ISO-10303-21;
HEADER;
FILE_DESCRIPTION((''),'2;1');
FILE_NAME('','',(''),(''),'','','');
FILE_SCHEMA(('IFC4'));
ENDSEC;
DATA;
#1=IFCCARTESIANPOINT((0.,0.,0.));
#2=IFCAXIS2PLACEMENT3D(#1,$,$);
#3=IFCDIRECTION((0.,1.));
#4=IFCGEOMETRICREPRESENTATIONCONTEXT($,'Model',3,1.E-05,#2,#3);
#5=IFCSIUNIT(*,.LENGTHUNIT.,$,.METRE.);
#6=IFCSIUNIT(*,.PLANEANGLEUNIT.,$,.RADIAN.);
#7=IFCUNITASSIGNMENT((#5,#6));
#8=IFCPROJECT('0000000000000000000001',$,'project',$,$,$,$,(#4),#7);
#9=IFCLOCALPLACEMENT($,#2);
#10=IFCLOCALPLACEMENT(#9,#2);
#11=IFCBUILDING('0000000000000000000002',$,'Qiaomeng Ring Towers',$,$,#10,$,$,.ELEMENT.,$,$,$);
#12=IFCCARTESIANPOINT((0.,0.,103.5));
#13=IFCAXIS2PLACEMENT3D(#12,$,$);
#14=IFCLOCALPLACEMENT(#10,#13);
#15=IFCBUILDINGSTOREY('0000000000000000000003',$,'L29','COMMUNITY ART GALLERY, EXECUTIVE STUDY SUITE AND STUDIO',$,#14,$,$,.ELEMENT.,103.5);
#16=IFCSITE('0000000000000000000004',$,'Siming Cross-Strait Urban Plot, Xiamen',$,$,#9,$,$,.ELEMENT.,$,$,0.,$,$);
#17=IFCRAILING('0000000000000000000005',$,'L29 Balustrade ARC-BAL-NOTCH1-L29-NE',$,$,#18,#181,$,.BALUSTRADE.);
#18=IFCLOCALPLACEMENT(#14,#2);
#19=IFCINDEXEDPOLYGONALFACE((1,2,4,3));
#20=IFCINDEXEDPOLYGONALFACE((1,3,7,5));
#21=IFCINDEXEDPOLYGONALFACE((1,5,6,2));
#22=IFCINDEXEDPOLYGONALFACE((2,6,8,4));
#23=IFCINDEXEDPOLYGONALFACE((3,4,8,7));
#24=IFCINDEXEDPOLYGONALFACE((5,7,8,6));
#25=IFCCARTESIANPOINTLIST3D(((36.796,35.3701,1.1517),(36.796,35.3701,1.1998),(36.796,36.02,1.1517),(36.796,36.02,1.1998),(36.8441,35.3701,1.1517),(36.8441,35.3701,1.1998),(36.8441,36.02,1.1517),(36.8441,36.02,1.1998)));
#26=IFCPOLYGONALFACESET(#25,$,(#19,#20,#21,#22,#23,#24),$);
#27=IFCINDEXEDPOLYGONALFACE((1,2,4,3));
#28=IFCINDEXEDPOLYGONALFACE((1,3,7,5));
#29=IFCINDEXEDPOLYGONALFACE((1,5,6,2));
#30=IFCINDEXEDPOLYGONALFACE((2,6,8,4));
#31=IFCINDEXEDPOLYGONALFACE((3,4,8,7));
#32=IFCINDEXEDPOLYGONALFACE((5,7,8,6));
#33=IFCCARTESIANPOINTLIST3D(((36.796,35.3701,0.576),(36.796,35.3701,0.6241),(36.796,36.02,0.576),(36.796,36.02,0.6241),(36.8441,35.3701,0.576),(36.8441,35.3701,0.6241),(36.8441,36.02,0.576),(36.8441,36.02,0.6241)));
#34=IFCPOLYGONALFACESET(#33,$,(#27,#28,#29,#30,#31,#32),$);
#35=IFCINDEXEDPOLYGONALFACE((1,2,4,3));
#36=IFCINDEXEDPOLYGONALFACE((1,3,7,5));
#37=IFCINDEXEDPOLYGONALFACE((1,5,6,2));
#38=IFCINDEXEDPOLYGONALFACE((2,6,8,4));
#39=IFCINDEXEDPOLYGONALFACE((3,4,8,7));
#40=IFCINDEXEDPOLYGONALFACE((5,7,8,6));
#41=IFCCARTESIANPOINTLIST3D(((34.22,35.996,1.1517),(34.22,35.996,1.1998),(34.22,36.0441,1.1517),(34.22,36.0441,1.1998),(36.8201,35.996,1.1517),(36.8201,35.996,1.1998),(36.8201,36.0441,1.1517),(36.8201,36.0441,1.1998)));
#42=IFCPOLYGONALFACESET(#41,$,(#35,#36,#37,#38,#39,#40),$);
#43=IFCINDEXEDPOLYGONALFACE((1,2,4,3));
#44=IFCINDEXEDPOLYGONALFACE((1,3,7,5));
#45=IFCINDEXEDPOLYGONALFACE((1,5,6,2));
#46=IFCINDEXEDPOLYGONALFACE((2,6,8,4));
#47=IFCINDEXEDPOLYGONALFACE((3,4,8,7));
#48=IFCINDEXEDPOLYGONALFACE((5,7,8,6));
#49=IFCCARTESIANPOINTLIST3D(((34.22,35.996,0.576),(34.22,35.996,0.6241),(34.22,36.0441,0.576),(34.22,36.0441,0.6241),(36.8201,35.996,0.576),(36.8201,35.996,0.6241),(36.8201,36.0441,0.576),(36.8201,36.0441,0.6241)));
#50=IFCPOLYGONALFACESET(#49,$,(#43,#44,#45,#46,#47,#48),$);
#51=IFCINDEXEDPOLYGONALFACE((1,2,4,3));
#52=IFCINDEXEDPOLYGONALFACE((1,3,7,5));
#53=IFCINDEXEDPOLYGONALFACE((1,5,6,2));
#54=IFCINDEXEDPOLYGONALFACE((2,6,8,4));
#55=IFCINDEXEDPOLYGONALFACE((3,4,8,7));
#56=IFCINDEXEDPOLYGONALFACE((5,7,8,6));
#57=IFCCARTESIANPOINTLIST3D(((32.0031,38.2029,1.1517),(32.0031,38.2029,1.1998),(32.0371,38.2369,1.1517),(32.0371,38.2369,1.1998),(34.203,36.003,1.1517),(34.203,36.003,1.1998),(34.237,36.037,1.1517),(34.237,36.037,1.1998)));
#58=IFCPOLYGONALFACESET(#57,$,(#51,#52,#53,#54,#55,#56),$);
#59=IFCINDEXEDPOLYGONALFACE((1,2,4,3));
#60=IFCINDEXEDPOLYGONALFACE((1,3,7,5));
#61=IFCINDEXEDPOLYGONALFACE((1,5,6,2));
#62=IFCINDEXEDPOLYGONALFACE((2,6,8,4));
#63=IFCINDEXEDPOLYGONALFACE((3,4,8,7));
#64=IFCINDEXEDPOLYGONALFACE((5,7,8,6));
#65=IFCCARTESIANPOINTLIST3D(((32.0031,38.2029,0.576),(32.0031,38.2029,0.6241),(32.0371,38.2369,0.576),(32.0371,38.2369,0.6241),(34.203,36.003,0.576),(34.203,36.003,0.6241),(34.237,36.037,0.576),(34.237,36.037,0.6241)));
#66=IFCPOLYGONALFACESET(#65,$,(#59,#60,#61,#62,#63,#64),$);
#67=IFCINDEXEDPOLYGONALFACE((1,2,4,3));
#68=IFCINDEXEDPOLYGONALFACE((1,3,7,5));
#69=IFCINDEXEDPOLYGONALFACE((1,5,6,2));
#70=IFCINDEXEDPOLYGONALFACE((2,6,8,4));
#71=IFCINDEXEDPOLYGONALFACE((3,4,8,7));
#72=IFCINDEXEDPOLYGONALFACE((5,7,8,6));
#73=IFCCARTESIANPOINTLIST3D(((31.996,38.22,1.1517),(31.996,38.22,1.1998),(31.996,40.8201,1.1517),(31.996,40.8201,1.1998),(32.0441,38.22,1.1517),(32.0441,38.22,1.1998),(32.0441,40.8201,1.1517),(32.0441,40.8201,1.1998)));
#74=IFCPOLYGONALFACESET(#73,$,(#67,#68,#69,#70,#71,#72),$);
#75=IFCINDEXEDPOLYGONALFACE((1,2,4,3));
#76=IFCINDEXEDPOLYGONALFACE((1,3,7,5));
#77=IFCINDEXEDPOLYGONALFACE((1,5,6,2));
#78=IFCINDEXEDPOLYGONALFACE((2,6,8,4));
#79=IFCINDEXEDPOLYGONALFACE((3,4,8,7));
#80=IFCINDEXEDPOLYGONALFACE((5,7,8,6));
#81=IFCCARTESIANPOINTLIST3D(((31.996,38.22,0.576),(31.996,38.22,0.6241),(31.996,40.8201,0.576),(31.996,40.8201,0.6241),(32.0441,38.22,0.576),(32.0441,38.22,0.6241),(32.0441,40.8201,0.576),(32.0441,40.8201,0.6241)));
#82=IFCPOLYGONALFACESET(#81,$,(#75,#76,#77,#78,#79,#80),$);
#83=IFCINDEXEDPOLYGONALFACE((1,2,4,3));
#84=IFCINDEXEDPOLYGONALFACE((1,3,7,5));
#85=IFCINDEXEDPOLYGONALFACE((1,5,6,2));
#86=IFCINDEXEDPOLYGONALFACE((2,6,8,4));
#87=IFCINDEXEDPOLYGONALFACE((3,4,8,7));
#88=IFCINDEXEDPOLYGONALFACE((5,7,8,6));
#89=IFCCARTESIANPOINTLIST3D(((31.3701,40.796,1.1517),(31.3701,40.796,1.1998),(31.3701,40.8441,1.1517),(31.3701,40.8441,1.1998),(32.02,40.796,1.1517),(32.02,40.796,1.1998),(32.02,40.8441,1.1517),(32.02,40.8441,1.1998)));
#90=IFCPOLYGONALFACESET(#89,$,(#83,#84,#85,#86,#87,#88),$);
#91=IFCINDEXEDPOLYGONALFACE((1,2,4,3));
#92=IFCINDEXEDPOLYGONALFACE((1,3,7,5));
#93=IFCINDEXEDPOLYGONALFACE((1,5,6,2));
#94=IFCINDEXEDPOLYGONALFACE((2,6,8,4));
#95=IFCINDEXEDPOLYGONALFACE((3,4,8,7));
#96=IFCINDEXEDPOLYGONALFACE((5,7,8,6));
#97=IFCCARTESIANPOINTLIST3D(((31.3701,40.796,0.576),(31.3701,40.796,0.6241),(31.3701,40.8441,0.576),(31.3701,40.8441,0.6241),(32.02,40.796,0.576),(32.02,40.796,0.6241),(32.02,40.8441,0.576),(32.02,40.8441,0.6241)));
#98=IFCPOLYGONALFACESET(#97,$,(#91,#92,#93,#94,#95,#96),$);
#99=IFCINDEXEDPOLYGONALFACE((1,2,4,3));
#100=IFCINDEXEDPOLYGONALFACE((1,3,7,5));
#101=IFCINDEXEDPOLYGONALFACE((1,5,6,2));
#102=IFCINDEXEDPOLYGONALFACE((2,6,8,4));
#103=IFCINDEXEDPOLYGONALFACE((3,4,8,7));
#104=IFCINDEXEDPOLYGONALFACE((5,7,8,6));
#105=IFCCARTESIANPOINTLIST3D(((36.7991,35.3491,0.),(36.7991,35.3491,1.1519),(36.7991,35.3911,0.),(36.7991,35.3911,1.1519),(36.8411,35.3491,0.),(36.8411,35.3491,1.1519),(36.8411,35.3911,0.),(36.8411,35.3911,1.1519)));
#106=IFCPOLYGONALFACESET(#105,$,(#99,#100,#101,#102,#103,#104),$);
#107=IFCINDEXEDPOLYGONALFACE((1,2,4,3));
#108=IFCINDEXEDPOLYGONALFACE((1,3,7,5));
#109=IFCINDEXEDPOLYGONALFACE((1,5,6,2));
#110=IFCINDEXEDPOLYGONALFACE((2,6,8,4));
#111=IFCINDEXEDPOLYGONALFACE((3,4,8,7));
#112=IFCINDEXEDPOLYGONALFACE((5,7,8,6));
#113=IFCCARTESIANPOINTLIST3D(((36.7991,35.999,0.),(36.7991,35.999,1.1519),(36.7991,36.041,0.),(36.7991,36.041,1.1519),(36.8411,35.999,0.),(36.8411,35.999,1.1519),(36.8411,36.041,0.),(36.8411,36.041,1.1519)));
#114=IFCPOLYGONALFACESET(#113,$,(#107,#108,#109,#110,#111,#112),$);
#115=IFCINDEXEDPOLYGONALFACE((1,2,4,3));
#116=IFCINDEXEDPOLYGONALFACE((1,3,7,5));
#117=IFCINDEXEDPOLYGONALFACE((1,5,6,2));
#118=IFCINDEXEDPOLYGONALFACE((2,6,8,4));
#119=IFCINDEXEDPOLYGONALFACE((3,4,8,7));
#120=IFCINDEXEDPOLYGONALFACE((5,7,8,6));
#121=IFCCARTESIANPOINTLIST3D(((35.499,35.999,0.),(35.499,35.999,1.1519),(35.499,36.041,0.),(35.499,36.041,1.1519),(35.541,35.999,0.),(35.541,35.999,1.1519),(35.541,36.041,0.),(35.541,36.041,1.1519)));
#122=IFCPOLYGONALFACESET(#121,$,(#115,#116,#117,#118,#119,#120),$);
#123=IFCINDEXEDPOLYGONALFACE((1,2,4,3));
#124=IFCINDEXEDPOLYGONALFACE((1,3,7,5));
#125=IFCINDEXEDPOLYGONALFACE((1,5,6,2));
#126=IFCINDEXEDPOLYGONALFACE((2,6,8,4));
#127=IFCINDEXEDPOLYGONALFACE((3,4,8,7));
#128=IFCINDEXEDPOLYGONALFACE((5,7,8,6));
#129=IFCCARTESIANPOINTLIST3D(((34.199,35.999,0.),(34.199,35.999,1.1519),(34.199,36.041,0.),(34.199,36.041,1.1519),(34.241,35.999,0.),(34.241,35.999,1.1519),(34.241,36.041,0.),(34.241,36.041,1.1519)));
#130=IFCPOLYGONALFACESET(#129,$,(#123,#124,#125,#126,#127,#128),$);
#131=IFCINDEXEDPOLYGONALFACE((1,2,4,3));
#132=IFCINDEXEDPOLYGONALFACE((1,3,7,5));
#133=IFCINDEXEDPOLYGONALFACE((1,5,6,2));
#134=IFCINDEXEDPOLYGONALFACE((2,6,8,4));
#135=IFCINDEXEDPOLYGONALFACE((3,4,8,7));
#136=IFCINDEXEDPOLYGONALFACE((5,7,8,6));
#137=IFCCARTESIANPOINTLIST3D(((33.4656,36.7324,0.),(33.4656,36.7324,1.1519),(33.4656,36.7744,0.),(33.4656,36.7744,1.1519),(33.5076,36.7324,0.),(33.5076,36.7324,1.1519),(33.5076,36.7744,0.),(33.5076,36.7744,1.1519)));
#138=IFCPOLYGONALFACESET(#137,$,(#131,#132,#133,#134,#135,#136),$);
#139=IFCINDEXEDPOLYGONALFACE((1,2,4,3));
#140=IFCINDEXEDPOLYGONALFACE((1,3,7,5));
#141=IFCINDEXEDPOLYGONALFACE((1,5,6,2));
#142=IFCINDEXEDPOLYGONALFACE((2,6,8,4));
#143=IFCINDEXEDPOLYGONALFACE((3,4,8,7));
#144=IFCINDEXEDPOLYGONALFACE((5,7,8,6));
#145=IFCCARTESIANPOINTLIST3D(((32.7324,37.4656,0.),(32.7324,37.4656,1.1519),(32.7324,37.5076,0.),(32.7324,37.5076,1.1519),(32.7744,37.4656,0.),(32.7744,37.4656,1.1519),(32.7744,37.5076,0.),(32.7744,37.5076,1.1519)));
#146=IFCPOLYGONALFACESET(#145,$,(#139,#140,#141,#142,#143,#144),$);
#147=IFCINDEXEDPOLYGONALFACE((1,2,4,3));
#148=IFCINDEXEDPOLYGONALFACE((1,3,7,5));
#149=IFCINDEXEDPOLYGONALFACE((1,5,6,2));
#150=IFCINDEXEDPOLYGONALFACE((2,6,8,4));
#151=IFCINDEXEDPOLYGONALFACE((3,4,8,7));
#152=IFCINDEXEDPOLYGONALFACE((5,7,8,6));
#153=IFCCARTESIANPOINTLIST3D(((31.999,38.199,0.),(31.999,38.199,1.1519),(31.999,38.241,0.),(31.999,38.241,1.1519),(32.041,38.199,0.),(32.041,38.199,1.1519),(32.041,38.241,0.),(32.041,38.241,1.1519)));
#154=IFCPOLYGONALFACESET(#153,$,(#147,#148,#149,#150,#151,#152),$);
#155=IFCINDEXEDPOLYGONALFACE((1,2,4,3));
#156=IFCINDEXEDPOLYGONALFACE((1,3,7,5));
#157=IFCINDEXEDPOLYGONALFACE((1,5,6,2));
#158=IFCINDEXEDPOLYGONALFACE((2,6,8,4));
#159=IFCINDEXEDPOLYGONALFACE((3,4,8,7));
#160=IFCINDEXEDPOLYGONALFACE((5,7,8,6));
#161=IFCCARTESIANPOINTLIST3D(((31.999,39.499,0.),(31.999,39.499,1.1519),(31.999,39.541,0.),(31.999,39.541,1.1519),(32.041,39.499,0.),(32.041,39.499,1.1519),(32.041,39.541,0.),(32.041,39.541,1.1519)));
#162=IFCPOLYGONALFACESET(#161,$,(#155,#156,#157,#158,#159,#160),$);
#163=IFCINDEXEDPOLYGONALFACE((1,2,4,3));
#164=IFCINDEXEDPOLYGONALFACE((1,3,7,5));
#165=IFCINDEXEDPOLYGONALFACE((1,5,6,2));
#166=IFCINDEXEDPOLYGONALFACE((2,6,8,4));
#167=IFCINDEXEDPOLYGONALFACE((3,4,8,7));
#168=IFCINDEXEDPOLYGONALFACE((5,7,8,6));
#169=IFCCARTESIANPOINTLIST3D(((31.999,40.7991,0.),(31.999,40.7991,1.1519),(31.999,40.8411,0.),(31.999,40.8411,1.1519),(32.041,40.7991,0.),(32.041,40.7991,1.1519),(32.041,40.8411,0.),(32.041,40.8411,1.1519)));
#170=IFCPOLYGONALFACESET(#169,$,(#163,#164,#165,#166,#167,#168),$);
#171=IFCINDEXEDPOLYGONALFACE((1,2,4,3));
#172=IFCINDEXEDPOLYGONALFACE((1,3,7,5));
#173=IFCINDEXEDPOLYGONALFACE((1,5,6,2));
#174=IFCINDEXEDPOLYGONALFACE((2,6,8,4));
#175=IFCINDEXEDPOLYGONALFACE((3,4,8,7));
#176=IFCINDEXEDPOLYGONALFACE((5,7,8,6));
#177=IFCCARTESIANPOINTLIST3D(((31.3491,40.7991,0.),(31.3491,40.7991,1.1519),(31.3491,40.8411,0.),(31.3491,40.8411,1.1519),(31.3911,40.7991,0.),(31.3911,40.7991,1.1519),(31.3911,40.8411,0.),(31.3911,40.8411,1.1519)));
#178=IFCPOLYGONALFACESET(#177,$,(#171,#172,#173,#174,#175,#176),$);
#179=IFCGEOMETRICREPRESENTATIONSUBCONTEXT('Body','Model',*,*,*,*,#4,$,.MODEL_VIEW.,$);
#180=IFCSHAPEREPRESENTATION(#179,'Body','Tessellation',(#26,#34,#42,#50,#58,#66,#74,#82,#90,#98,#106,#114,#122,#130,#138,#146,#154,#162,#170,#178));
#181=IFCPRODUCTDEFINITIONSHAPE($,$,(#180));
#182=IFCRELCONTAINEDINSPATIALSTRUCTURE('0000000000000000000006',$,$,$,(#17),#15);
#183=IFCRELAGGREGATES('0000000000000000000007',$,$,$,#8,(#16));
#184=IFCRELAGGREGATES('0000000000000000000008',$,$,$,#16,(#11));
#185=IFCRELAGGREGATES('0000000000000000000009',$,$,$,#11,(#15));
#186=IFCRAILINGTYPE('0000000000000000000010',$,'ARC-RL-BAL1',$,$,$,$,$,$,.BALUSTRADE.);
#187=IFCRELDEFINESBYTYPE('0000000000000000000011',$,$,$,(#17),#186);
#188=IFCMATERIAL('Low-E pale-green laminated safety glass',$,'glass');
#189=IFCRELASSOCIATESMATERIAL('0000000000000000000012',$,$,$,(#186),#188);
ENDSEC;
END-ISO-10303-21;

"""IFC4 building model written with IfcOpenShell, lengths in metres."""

from ifc_helpers import new_model, si_unit, direction, frame, origin, origin_2d, place, context, subcontext, project, spatial, rectangle, extrude, material, type_object, element, save


model = new_model("IFC4")

# Units and contexts
model_context = context("Model", 3, precision=1e-05, world=origin(), true_north=direction((0.0, 1.0)))
body_context = subcontext(model_context, "Body", "Model", "MODEL_VIEW")
ifc_project = project(units=[si_unit("LENGTHUNIT", "METRE"), si_unit("PLANEANGLEUNIT", "RADIAN")], contexts=[model_context])

# Site, building, storey
site_placement = place(None, origin())
site = spatial("IfcSite", under=ifc_project, at=site_placement, Name="Siming Cross-Strait Urban Plot, Xiamen", CompositionType="ELEMENT", RefElevation=0.0)
building_placement = place(site_placement, origin())
building = spatial("IfcBuilding", under=site, at=building_placement, Name="Qiaomeng Ring Towers", CompositionType="ELEMENT")
storey_placement = place(building_placement, frame((0.0, 0.0, 103.5)))
storey = spatial("IfcBuildingStorey", under=building, at=storey_placement, Name="L29", Description="COMMUNITY ART GALLERY, EXECUTIVE STUDY SUITE AND STUDIO", CompositionType="ELEMENT", Elevation=103.5)

# Railing
ifc_material_1 = material(Name="Low-E pale-green laminated safety glass", Category="glass")
railing_type = type_object("IfcRailingType", Name="ARC-RL-BAL1", PredefinedType="BALUSTRADE", material=ifc_material_1)
railing_placement = place(storey_placement, frame((36.8201, 35.3701, 0.0)))
element("IfcRailing", 1, at=railing_placement, inside=storey, type_object=railing_type, Name="L29 Balustrade ARC-BAL-NOTCH1-L29-NE", PredefinedType="BALUSTRADE", context=body_context, shape_type="SweptSolid", body=[
    extrude(rectangle(XDim=0.0481, YDim=0.0481, at=origin_2d()), frame((0.0, 0.0, 1.1758), z_axis=(0.0, 1.0, 0.0), x_axis=(-1.0, 0.0, 0.0)), (0.0, 0.0, 1.0), 0.6499),
    extrude(rectangle(XDim=0.0481, YDim=0.0481, at=origin_2d()), frame((0.0, 0.0, 0.6001), z_axis=(0.0, 1.0, 0.0), x_axis=(-1.0, 0.0, 0.0)), (0.0, 0.0, 1.0), 0.6499),
    extrude(rectangle(XDim=0.0481, YDim=0.0481, at=origin_2d()), frame((0.0, 0.6499, 1.1758), z_axis=(-1.0, 0.0, 0.0), x_axis=(0.0, -1.0, 0.0)), (0.0, 0.0, 1.0), 2.6001),
    extrude(rectangle(XDim=0.0481, YDim=0.0481, at=origin_2d()), frame((0.0, 0.6499, 0.6001), z_axis=(-1.0, 0.0, 0.0), x_axis=(0.0, -1.0, 0.0)), (0.0, 0.0, 1.0), 2.6001),
    extrude(rectangle(XDim=0.0481, YDim=0.0481, at=origin_2d()), frame((-2.6001, 0.6499, 1.1758), z_axis=(-0.707107, 0.707107, 0.0), x_axis=(-0.707107, -0.707107, 0.0)), (0.0, 0.0, 1.0), 3.1111),
    extrude(rectangle(XDim=0.0481, YDim=0.0481, at=origin_2d()), frame((-2.6001, 0.6499, 0.6001), z_axis=(-0.707107, 0.707107, 0.0), x_axis=(-0.707107, -0.707107, 0.0)), (0.0, 0.0, 1.0), 3.1111),
    extrude(rectangle(XDim=0.0481, YDim=0.0481, at=origin_2d()), frame((-4.8, 2.8499, 1.1758), z_axis=(0.0, 1.0, 0.0), x_axis=(-1.0, 0.0, 0.0)), (0.0, 0.0, 1.0), 2.6001),
    extrude(rectangle(XDim=0.0481, YDim=0.0481, at=origin_2d()), frame((-4.8, 2.8499, 0.6001), z_axis=(0.0, 1.0, 0.0), x_axis=(-1.0, 0.0, 0.0)), (0.0, 0.0, 1.0), 2.6001),
    extrude(rectangle(XDim=0.0481, YDim=0.0481, at=origin_2d()), frame((-4.8, 5.45, 1.1758), z_axis=(-1.0, 0.0, 0.0), x_axis=(0.0, -1.0, 0.0)), (0.0, 0.0, 1.0), 0.6499),
    extrude(rectangle(XDim=0.0481, YDim=0.0481, at=origin_2d()), frame((-4.8, 5.45, 0.6001), z_axis=(-1.0, 0.0, 0.0), x_axis=(0.0, -1.0, 0.0)), (0.0, 0.0, 1.0), 0.6499),
    extrude(rectangle(XDim=0.042, YDim=0.042, at=origin_2d()), origin(), (0.0, 0.0, 1.0), 1.1519),
    extrude(rectangle(XDim=0.042, YDim=0.042, at=origin_2d()), frame((0.0, 0.6499, 0.0)), (0.0, 0.0, 1.0), 1.1519),
    extrude(rectangle(XDim=0.042, YDim=0.042, at=origin_2d()), frame((-1.3, 0.6499, 0.0)), (0.0, 0.0, 1.0), 1.1519),
    extrude(rectangle(XDim=0.042, YDim=0.042, at=origin_2d()), frame((-2.6001, 0.6499, 0.0)), (0.0, 0.0, 1.0), 1.1519),
    extrude(rectangle(XDim=0.042, YDim=0.042, at=origin_2d()), frame((-3.3335, 1.3833, 0.0)), (0.0, 0.0, 1.0), 1.1519),
    extrude(rectangle(XDim=0.042, YDim=0.042, at=origin_2d()), frame((-4.0667, 2.1165, 0.0)), (0.0, 0.0, 1.0), 1.1519),
    extrude(rectangle(XDim=0.042, YDim=0.042, at=origin_2d()), frame((-4.8, 2.8499, 0.0)), (0.0, 0.0, 1.0), 1.1519),
    extrude(rectangle(XDim=0.042, YDim=0.042, at=origin_2d()), frame((-4.8, 4.1499, 0.0)), (0.0, 0.0, 1.0), 1.1519),
    extrude(rectangle(XDim=0.042, YDim=0.042, at=origin_2d()), frame((-4.8, 5.45, 0.0)), (0.0, 0.0, 1.0), 1.1519),
    extrude(rectangle(XDim=0.042, YDim=0.042, at=origin_2d()), frame((-5.45, 5.45, 0.0)), (0.0, 0.0, 1.0), 1.1519),
])

save(model, "model.ifc")
